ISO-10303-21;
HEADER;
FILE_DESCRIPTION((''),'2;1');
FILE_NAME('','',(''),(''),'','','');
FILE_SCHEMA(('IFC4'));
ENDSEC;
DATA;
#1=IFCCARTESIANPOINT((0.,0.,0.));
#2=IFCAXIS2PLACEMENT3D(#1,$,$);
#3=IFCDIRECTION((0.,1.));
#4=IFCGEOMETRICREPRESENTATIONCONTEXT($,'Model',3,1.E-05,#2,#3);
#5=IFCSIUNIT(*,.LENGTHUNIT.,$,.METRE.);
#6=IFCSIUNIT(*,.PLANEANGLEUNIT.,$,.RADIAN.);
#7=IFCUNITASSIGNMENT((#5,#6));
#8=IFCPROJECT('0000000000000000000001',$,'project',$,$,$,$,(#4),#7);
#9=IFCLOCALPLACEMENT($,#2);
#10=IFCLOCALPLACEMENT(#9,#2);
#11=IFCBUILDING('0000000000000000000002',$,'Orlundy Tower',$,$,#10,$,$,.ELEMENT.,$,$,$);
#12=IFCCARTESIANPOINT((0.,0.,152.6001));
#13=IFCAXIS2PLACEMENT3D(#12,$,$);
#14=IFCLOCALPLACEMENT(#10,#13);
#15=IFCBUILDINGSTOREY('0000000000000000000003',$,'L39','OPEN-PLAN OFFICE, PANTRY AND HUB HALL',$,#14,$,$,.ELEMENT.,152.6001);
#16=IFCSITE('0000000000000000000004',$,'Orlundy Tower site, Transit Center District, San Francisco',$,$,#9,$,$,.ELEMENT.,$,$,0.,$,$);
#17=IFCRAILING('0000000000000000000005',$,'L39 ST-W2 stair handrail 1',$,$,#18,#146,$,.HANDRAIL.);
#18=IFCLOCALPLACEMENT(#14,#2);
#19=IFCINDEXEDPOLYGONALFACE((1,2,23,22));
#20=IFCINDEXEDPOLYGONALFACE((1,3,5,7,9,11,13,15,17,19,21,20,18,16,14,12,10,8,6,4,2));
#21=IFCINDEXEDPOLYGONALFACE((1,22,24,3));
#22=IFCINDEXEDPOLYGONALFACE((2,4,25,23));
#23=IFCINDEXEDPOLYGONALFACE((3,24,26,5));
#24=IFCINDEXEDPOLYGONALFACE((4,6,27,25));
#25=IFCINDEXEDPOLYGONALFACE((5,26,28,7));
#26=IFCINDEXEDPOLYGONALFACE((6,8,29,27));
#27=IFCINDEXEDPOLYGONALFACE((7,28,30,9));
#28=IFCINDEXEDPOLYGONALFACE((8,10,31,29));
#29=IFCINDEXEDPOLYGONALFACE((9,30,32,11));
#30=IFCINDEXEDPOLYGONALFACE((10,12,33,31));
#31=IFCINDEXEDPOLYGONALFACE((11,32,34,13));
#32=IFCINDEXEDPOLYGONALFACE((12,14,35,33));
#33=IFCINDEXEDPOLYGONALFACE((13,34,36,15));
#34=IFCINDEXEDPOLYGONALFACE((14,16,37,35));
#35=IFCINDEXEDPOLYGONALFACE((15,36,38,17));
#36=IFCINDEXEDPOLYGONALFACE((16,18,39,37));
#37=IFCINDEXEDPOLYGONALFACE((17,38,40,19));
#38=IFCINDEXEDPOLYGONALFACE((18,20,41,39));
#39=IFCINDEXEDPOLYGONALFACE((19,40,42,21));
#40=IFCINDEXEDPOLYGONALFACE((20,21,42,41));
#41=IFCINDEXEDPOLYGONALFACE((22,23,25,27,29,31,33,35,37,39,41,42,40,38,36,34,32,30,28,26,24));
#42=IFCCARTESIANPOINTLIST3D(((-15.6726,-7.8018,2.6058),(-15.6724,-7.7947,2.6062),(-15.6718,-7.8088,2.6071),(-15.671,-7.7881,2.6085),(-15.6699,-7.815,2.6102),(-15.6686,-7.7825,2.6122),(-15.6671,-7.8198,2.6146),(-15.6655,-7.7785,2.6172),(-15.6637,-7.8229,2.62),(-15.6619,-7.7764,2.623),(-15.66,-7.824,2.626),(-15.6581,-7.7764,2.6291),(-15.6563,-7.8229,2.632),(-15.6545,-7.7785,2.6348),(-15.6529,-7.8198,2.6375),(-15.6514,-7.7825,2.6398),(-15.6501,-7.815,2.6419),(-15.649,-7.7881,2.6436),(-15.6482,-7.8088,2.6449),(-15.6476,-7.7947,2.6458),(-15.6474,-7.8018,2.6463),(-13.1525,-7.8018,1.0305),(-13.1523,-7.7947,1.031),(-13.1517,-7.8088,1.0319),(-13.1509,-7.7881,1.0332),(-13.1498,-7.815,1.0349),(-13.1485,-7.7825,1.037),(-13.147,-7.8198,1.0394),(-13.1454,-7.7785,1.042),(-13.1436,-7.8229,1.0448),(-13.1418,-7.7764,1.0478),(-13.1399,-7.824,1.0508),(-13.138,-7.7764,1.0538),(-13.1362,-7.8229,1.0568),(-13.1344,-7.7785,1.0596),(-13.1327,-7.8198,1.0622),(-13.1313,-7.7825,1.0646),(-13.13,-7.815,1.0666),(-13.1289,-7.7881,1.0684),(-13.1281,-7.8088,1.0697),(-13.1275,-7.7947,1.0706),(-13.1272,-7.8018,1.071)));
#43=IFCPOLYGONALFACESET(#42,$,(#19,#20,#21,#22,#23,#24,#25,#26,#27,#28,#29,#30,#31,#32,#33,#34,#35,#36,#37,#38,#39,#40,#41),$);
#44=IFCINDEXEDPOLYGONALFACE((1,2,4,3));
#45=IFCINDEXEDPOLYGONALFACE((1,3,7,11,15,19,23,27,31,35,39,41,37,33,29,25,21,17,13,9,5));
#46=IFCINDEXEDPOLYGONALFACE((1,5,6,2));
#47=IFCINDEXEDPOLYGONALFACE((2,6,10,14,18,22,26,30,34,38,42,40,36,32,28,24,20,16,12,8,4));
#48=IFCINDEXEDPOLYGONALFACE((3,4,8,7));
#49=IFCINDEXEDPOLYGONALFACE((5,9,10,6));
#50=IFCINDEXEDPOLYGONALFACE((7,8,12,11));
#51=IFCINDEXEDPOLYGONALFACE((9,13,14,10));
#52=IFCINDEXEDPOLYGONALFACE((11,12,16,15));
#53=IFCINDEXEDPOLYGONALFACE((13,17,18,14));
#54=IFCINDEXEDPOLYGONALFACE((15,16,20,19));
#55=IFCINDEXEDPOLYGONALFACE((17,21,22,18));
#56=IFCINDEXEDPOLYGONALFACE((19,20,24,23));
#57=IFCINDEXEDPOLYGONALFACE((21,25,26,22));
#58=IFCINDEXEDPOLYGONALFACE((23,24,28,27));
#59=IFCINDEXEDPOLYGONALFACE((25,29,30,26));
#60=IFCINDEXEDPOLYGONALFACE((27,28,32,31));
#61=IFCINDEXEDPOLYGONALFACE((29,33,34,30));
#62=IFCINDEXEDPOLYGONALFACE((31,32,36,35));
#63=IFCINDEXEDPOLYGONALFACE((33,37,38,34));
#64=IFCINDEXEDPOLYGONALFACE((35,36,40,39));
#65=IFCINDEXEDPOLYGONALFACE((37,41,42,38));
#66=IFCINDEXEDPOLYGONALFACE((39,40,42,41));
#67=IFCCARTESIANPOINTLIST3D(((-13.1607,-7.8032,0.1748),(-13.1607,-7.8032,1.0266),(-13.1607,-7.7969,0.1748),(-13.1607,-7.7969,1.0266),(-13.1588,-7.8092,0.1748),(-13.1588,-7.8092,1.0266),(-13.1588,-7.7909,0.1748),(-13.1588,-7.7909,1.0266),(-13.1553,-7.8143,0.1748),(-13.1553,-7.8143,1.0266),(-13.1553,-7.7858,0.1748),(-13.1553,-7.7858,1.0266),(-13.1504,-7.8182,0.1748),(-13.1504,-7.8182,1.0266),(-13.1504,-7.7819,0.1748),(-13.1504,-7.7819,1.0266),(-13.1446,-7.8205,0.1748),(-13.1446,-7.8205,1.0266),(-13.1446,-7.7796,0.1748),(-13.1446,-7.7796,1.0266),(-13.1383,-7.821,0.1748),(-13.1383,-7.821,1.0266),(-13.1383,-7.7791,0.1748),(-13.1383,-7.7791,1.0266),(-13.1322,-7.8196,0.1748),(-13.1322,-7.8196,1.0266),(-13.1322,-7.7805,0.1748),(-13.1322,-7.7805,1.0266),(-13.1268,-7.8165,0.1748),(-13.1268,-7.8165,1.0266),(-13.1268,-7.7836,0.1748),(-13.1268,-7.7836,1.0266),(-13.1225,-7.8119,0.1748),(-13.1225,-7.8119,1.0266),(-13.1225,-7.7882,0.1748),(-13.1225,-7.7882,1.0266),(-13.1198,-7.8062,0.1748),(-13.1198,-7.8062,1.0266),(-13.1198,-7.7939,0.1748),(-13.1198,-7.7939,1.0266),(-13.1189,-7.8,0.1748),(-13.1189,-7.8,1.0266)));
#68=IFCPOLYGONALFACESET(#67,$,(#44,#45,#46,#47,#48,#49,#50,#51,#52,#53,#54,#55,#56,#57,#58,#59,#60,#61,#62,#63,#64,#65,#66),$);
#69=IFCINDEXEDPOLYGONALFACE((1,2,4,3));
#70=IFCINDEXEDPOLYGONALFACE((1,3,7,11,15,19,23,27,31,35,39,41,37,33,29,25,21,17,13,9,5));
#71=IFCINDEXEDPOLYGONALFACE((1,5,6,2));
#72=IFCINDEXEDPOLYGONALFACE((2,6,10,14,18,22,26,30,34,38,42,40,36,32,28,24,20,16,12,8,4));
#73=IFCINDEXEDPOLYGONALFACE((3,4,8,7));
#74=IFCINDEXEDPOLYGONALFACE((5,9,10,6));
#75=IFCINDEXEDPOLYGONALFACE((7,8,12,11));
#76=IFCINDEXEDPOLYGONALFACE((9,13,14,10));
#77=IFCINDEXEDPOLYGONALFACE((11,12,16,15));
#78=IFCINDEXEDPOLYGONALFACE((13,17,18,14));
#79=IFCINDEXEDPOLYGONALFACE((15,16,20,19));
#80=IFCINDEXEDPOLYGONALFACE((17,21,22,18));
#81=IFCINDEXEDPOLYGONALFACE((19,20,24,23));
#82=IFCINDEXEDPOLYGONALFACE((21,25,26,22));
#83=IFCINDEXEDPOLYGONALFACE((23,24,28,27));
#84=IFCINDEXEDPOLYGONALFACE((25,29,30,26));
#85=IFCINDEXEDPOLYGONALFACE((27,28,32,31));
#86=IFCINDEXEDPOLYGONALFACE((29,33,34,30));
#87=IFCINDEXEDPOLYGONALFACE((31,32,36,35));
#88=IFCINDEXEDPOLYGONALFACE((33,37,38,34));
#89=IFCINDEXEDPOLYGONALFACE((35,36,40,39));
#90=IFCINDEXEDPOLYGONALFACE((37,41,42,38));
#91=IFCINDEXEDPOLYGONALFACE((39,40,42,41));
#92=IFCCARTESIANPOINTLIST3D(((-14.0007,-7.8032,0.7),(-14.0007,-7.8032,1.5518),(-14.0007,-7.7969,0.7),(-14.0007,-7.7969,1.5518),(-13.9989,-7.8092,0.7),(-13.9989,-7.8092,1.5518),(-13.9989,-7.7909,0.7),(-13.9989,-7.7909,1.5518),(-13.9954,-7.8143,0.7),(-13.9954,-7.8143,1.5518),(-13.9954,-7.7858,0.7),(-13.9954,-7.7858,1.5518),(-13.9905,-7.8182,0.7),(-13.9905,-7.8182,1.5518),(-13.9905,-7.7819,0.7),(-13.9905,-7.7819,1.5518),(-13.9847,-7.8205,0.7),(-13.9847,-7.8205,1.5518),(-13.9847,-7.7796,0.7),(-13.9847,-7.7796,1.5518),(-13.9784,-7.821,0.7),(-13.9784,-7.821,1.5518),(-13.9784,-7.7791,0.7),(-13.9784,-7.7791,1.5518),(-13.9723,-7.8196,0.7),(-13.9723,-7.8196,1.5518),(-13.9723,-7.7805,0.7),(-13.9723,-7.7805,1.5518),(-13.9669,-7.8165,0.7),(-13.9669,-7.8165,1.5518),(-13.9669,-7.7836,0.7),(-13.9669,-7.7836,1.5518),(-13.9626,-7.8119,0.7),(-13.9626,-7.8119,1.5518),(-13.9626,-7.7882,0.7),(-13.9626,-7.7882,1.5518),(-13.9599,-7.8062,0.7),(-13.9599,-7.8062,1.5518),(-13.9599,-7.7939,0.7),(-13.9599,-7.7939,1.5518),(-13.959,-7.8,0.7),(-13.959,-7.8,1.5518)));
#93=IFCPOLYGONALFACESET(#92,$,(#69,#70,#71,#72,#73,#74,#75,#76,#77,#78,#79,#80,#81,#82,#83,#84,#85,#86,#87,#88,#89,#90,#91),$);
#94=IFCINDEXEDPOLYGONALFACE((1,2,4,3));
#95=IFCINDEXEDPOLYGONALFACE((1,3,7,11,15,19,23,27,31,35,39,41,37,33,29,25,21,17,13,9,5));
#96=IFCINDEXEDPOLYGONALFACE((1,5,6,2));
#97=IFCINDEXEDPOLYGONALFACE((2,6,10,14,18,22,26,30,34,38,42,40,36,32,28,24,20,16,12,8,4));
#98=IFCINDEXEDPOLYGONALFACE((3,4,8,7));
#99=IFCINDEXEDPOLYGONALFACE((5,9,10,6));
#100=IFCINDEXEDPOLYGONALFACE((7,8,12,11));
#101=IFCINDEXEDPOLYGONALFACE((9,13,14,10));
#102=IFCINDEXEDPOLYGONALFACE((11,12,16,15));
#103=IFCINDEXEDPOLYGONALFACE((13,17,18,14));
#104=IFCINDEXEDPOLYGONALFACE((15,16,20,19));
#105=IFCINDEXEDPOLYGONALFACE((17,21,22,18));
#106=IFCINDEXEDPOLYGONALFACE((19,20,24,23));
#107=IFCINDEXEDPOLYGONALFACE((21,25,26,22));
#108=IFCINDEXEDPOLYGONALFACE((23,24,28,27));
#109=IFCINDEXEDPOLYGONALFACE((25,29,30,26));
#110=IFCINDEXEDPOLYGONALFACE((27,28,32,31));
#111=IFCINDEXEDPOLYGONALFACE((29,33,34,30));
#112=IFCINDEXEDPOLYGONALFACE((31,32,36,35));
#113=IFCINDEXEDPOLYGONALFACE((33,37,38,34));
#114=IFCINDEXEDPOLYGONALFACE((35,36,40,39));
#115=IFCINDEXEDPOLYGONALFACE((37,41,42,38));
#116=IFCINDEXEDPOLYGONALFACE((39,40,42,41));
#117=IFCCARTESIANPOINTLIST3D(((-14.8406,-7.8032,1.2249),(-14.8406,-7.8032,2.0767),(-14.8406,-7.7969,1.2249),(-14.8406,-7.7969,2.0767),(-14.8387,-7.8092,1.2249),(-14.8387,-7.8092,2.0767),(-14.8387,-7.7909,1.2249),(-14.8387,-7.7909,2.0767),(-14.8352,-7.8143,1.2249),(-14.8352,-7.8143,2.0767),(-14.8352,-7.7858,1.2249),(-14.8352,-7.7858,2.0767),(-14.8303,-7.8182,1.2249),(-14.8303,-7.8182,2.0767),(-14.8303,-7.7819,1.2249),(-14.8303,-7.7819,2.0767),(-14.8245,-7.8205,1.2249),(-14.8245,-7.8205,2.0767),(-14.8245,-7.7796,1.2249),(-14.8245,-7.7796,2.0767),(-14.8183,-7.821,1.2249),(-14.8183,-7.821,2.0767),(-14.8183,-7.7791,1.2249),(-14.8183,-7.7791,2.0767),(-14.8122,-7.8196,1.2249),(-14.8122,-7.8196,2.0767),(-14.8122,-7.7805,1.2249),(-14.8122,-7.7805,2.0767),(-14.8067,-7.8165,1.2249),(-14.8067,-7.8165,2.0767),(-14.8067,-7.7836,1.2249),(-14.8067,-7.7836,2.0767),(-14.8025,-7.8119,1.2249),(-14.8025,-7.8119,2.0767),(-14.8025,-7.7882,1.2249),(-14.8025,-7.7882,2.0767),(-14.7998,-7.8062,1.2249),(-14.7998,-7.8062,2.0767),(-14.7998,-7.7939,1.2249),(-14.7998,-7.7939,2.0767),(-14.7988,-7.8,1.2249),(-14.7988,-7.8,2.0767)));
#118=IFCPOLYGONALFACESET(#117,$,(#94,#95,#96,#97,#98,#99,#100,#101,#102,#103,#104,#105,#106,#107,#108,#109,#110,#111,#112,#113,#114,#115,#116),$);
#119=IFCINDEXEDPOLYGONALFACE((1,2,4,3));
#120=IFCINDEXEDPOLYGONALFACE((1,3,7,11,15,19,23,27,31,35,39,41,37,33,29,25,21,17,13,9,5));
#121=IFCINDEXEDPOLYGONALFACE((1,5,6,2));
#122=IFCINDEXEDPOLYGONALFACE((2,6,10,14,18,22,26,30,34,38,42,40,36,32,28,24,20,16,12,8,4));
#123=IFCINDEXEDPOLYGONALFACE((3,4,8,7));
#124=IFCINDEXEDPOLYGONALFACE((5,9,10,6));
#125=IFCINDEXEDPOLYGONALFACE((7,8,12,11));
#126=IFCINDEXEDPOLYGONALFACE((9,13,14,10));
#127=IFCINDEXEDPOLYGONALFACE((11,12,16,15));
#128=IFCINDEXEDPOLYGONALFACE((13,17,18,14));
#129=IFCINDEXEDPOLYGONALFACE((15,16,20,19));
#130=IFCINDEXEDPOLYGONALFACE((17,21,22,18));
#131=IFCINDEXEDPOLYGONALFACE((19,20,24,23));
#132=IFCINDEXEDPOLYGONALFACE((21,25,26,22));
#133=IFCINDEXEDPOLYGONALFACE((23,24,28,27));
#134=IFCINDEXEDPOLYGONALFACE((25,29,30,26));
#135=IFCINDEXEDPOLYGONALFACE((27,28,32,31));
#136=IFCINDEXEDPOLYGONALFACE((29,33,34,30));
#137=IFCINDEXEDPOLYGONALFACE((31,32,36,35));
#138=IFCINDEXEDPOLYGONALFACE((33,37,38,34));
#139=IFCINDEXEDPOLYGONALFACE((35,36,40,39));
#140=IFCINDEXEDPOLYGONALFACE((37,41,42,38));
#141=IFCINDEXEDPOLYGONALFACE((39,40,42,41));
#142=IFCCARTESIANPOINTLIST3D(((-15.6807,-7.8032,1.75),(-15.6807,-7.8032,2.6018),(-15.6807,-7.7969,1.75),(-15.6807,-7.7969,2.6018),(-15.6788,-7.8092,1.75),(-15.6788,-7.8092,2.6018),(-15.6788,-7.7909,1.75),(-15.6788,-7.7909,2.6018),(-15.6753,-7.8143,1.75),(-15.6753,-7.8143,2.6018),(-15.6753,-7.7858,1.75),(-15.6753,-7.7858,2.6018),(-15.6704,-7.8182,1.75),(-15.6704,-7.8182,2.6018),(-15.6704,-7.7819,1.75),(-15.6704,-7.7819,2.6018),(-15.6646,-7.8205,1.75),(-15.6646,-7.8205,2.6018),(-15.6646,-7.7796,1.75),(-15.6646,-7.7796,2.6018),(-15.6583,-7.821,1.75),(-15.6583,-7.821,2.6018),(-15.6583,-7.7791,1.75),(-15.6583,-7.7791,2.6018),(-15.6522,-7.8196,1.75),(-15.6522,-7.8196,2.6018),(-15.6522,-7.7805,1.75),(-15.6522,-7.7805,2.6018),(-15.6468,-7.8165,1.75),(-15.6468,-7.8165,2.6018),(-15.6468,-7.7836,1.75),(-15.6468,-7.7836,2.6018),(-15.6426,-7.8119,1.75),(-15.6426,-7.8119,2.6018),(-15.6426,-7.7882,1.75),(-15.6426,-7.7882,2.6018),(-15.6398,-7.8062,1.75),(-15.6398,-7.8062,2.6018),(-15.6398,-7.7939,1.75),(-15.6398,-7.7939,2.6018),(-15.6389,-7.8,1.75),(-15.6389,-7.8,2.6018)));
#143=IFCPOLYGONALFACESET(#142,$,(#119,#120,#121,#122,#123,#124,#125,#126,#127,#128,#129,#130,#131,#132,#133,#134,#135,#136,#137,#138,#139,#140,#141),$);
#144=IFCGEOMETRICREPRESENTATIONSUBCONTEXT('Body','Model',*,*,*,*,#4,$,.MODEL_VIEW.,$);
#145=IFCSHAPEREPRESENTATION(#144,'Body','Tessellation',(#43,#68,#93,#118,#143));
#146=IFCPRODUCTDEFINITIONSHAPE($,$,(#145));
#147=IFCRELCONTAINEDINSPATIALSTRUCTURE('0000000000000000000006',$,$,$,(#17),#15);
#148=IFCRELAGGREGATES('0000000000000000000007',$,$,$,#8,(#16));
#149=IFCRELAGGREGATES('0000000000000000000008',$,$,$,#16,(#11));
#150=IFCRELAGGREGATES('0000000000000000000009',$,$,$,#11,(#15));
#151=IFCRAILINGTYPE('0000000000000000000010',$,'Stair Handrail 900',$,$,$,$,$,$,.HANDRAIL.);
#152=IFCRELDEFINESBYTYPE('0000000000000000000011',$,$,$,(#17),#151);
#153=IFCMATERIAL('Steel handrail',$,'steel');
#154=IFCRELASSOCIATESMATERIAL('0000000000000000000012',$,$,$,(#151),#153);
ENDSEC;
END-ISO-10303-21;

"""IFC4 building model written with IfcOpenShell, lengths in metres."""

from ifc_helpers import new_model, si_unit, direction, frame, origin, origin_2d, place, context, subcontext, project, spatial, circle, extrude, material, type_object, element, save


model = new_model("IFC4")

# Units and contexts
model_context = context("Model", 3, precision=1e-05, world=origin(), true_north=direction((0.0, 1.0)))
body_context = subcontext(model_context, "Body", "Model", "MODEL_VIEW")
ifc_project = project(units=[si_unit("LENGTHUNIT", "METRE"), si_unit("PLANEANGLEUNIT", "RADIAN")], contexts=[model_context])

# Site, building, storey
site_placement = place(None, origin())
site = spatial("IfcSite", under=ifc_project, at=site_placement, Name="Orlundy Tower site, Transit Center District, San Francisco", CompositionType="ELEMENT", RefElevation=0.0)
building_placement = place(site_placement, origin())
building = spatial("IfcBuilding", under=site, at=building_placement, Name="Orlundy Tower", CompositionType="ELEMENT")
storey_placement = place(building_placement, frame((0.0, 0.0, 152.6001)))
storey = spatial("IfcBuildingStorey", under=building, at=storey_placement, Name="L39", Description="OPEN-PLAN OFFICE, PANTRY AND HUB HALL", CompositionType="ELEMENT", Elevation=152.6001)

# Railing
ifc_material_1 = material(Name="Steel handrail", Category="steel")
railing_type_1 = type_object("IfcRailingType", Name="Stair Handrail 900", PredefinedType="HANDRAIL", material=ifc_material_1)
railing_1_placement = place(storey_placement, frame((-13.1399, -7.8, 0.1748)))
element("IfcRailing", 1, at=railing_1_placement, inside=storey, type_object=railing_type_1, Name="L39 ST-W2 stair handrail 1", PredefinedType="HANDRAIL", context=body_context, shape_type="SweptSolid", body=[
    extrude(circle(Radius=0.0239, at=origin_2d()), frame((0.0, 0.0, 0.876), z_axis=(-0.847971, 0.0, 0.530043), x_axis=(0.0, -1.0, 0.0)), (0.0, 0.0, 1.0), 2.9719),
    extrude(circle(Radius=0.021, at=origin_2d()), origin(), (0.0, 0.0, 1.0), 0.8518),
    extrude(circle(Radius=0.021, at=origin_2d()), frame((-0.8401, 0.0, 0.5251)), (0.0, 0.0, 1.0), 0.8518),
    extrude(circle(Radius=0.021, at=origin_2d()), frame((-1.6799, 0.0, 1.05)), (0.0, 0.0, 1.0), 0.8518),
    extrude(circle(Radius=0.021, at=origin_2d()), frame((-2.52, 0.0, 1.5752)), (0.0, 0.0, 1.0), 0.8518),
])

save(model, "model.ifc")
